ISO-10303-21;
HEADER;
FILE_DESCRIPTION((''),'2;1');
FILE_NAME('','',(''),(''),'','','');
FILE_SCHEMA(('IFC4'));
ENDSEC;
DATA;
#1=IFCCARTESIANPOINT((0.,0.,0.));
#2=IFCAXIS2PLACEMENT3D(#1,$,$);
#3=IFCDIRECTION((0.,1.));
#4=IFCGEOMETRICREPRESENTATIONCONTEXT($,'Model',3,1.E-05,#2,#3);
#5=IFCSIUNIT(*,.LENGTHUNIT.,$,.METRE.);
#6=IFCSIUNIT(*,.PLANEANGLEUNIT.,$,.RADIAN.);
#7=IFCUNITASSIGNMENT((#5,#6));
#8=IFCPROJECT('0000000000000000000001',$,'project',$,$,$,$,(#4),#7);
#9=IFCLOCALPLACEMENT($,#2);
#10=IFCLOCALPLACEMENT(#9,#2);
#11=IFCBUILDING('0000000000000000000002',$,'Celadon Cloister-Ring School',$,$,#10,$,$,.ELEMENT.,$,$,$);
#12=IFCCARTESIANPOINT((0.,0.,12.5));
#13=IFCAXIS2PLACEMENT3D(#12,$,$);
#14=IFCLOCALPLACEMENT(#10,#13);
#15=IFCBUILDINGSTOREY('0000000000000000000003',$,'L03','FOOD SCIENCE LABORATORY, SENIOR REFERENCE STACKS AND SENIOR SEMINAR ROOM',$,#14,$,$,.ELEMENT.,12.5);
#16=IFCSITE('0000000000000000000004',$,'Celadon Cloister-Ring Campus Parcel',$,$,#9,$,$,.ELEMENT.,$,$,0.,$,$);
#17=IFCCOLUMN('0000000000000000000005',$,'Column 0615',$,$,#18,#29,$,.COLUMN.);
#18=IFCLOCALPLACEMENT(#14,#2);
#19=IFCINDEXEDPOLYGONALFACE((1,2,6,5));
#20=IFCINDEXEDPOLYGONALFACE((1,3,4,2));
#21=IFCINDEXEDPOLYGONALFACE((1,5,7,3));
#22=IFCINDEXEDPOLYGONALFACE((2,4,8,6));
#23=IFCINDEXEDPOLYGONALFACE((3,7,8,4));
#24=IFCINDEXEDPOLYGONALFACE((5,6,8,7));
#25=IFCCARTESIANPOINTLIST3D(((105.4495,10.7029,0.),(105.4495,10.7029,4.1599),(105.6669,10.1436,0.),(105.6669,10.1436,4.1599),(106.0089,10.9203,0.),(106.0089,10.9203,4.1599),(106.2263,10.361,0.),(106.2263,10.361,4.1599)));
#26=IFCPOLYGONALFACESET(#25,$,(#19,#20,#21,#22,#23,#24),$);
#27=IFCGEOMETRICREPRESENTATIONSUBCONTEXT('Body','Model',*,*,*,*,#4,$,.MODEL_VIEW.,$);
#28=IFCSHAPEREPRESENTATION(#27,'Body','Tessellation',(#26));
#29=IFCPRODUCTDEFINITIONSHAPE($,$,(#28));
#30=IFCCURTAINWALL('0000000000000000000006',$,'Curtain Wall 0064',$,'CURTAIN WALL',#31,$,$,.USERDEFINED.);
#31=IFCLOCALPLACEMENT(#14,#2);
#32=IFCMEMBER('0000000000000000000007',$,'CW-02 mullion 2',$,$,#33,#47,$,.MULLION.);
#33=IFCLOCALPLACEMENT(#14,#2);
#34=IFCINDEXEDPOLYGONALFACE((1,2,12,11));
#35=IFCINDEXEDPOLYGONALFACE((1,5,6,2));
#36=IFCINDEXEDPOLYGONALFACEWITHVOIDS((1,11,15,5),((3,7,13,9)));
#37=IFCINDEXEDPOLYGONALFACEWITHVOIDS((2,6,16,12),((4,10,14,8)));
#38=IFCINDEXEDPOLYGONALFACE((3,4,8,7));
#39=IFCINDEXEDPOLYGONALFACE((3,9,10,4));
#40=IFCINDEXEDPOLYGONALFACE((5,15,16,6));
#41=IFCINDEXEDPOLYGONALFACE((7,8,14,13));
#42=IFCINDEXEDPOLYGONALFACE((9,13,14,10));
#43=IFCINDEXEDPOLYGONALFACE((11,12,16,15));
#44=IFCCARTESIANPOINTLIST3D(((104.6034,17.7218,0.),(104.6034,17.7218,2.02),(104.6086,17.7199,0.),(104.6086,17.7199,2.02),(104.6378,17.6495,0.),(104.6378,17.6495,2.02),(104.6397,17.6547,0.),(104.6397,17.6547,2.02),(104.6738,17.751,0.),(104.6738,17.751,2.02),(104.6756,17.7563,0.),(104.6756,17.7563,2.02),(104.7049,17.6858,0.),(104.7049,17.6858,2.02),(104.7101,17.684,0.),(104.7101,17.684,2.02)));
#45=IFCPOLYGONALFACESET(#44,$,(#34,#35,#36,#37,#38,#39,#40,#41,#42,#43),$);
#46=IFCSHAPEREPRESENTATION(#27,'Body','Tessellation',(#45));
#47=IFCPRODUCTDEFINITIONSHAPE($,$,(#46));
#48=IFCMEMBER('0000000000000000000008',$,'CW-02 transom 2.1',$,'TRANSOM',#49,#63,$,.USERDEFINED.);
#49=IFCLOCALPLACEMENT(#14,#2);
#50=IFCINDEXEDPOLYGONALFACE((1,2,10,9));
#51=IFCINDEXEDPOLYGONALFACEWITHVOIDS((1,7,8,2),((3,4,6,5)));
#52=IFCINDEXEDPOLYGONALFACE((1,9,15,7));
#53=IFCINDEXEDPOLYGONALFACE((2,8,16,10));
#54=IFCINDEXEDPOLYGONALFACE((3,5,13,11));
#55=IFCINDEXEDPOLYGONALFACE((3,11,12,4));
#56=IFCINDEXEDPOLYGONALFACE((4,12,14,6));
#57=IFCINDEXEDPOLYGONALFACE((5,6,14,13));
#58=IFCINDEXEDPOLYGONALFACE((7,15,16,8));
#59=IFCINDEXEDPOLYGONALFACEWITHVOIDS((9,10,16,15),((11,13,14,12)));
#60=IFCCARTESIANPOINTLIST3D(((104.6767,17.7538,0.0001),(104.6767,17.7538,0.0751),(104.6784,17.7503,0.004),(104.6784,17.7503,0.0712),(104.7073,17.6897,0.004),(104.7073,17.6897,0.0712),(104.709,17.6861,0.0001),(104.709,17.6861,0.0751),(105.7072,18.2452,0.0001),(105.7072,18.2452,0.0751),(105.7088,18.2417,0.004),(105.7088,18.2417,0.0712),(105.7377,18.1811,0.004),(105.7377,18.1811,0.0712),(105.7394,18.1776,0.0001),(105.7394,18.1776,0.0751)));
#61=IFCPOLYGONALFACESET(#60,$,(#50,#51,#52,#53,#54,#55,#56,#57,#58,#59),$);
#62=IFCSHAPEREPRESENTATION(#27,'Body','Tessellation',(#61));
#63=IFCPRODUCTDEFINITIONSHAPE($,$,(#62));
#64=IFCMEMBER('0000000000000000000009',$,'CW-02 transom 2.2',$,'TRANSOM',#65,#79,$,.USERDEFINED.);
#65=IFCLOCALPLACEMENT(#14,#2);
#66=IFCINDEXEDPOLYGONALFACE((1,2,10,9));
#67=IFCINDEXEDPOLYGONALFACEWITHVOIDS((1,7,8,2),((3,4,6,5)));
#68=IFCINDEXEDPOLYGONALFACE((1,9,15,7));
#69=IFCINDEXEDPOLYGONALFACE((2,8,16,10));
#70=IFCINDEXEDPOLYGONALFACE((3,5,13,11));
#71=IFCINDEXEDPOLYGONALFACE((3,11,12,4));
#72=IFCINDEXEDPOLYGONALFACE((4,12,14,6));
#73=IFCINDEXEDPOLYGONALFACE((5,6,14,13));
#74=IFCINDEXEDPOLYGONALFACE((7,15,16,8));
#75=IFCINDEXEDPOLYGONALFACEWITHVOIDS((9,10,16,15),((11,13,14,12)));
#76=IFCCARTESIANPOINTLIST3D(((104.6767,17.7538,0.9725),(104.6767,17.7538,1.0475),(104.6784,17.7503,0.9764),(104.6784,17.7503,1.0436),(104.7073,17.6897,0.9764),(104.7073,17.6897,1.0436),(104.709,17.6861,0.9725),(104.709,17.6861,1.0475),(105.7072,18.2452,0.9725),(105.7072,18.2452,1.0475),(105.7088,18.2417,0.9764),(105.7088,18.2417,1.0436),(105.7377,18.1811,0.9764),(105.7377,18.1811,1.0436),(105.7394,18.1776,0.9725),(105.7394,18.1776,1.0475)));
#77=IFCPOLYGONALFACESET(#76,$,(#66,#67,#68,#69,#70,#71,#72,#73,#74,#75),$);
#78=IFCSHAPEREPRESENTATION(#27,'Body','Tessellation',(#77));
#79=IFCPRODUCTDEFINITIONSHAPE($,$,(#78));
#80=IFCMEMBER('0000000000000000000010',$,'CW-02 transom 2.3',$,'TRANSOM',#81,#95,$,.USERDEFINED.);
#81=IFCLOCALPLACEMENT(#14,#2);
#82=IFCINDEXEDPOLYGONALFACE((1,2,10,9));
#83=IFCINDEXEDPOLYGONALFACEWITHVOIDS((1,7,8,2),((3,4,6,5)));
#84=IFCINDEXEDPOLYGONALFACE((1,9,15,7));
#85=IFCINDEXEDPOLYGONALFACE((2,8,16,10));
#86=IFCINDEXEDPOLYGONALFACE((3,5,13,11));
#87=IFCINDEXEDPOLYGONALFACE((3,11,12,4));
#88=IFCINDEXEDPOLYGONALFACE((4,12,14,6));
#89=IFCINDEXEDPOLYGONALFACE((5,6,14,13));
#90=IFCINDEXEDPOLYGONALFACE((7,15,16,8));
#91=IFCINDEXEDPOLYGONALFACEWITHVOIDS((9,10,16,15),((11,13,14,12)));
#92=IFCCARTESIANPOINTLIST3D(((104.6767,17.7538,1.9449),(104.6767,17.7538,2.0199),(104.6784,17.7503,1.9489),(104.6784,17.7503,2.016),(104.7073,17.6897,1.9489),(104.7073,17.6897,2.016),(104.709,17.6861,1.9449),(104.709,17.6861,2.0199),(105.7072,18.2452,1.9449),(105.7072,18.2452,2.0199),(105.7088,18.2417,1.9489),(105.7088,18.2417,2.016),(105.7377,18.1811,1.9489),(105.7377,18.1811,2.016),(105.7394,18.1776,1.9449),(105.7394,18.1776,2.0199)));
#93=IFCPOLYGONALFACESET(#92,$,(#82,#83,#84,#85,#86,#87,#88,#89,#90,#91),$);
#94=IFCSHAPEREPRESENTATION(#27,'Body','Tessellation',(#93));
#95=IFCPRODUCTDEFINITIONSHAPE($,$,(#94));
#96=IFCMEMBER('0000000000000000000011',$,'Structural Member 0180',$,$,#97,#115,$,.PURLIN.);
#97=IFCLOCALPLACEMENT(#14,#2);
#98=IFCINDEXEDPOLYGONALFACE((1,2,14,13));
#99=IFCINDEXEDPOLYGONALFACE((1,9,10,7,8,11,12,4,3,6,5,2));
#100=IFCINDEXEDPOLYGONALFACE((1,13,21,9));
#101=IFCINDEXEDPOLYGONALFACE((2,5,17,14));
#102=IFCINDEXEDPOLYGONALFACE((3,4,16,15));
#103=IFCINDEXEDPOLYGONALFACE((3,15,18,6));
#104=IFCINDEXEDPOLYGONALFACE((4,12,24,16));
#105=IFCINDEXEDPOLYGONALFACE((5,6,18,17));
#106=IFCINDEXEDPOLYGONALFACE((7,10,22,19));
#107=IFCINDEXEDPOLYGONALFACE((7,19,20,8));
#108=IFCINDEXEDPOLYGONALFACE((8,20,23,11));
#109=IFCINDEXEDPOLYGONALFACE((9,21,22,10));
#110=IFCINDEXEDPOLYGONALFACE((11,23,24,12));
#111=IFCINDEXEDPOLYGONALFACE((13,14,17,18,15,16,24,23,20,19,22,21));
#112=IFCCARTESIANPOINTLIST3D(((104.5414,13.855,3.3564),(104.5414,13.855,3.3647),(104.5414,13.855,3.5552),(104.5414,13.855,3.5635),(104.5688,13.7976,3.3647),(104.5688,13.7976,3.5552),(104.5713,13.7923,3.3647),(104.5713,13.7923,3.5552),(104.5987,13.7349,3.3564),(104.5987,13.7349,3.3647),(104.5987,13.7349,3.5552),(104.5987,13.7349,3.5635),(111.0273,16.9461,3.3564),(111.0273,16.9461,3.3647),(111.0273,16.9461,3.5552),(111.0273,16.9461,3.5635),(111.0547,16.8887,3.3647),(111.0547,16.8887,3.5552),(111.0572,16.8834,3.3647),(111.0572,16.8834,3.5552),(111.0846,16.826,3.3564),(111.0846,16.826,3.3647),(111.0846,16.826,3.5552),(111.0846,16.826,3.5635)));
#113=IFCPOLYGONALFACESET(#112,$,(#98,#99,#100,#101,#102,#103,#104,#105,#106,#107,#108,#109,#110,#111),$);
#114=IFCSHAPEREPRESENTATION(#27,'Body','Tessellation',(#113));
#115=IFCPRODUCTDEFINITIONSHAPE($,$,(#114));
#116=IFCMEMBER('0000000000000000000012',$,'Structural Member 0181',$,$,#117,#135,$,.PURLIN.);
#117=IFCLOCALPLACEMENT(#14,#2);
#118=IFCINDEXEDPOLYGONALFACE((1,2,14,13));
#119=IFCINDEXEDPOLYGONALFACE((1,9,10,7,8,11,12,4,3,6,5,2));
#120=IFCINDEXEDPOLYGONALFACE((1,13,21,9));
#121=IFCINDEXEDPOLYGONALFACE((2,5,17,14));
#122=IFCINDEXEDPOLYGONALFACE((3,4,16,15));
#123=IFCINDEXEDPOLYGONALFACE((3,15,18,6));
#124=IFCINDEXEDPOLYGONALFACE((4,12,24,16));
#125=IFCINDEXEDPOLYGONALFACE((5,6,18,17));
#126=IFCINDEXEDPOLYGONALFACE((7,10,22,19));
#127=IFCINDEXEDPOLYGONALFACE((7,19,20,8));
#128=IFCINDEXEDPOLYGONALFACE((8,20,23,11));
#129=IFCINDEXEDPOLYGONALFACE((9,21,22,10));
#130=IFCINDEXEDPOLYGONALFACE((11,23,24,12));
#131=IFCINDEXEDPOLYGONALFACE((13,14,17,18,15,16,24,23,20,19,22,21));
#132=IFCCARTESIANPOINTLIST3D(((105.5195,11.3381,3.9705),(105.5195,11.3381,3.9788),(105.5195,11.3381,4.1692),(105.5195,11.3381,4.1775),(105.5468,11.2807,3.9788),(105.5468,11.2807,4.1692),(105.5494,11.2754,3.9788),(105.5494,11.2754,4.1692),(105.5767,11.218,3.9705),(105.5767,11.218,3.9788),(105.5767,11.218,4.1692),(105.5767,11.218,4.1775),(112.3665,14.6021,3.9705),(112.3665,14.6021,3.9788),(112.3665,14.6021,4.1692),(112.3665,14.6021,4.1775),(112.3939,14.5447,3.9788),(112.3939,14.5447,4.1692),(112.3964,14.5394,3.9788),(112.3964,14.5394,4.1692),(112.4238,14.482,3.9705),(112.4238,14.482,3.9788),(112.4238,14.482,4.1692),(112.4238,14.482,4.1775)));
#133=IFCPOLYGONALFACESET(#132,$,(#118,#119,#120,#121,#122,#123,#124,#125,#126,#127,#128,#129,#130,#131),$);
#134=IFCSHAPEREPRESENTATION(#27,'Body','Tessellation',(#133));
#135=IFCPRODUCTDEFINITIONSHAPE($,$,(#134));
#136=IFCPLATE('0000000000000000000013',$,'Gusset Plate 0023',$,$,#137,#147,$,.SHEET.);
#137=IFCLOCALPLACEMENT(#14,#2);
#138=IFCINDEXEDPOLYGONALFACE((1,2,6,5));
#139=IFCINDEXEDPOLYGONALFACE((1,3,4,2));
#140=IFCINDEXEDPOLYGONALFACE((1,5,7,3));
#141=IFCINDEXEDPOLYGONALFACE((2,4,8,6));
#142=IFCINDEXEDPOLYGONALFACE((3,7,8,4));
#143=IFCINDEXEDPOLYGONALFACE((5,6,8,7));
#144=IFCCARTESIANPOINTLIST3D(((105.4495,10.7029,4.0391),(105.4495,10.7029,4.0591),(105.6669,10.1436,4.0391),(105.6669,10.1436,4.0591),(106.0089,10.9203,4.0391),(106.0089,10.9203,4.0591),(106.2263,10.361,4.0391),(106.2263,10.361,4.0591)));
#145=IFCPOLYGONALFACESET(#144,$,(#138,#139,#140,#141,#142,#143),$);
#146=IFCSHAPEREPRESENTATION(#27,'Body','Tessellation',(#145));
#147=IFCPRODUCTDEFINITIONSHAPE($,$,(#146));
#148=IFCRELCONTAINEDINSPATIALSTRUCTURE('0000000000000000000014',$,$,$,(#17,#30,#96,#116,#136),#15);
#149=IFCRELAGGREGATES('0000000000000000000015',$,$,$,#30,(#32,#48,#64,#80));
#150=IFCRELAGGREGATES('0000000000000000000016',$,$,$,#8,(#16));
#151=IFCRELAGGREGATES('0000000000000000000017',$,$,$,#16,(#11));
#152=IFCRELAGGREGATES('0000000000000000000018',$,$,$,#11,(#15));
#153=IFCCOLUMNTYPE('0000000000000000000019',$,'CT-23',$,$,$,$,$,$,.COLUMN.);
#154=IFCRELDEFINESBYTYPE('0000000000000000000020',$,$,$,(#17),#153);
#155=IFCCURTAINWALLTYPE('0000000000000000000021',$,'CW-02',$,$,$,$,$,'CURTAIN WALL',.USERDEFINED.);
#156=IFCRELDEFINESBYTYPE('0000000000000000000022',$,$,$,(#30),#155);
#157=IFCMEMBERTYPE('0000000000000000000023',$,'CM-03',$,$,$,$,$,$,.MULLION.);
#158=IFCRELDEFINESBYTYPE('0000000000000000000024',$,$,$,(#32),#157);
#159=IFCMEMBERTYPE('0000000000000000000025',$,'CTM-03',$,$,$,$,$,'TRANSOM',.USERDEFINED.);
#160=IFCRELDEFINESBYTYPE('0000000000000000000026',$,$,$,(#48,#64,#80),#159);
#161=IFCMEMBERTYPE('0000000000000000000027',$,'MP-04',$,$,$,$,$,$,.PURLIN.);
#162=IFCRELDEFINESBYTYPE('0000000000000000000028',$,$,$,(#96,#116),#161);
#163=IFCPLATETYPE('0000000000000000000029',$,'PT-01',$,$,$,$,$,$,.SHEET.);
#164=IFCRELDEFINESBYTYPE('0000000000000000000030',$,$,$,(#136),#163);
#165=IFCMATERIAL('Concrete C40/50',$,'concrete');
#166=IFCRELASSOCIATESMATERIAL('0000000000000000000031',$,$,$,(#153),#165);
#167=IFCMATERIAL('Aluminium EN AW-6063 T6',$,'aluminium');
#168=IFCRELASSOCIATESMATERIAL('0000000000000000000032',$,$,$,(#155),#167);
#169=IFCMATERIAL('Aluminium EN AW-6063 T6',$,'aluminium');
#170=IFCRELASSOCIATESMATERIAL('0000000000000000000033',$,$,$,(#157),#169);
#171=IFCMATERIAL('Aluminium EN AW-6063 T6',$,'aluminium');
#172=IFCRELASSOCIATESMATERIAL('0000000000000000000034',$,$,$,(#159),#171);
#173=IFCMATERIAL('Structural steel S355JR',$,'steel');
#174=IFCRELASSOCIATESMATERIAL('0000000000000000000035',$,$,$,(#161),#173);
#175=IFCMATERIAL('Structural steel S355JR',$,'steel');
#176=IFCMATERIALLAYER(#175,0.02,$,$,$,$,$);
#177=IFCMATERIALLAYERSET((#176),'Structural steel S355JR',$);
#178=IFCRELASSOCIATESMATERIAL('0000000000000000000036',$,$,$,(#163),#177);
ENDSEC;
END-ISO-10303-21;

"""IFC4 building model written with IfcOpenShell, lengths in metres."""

from ifc_helpers import new_model, si_unit, direction, frame, origin, origin_2d, place, context, subcontext, project, spatial, rectangle, hollow_rectangle, i_section, extrude, material, layer, layer_set, material_profile, profile_set, type_object, element, aggregate, save


model = new_model("IFC4")

# Units and contexts
model_context = context("Model", 3, precision=1e-05, world=origin(), true_north=direction((0.0, 1.0)))
body_context = subcontext(model_context, "Body", "Model", "MODEL_VIEW")
ifc_project = project(units=[si_unit("LENGTHUNIT", "METRE"), si_unit("PLANEANGLEUNIT", "RADIAN")], contexts=[model_context])

# Site, building, storey
site_placement = place(None, origin())
site = spatial("IfcSite", under=ifc_project, at=site_placement, Name="Celadon Cloister-Ring Campus Parcel", CompositionType="ELEMENT", RefElevation=0.0)
building_placement = place(site_placement, origin())
building = spatial("IfcBuilding", under=site, at=building_placement, Name="Celadon Cloister-Ring School", CompositionType="ELEMENT")
storey_placement = place(building_placement, frame((0.0, 0.0, 12.5)))
storey = spatial("IfcBuildingStorey", under=building, at=storey_placement, Name="L03", Description="FOOD SCIENCE LABORATORY, SENIOR REFERENCE STACKS AND SENIOR SEMINAR ROOM", CompositionType="ELEMENT", Elevation=12.5)

# Column
ifc_material_1 = material(Name="Concrete C40/50", Category="concrete")
ifc_material_profile_1 = material_profile(ifc_material_1, rectangle(XDim=0.6001, YDim=0.6001, at=origin_2d()), Name="RC600X600")
ifc_profile_set_1 = profile_set([ifc_material_profile_1], Name="Concrete C40/50")
column_type = type_object("IfcColumnType", Name="CT-23", PredefinedType="COLUMN", material=ifc_profile_set_1)
column_placement = place(storey_placement, frame((105.8379, 10.532, 0.0), z_axis=(0.0, 0.0, 1.0), x_axis=(0.362275, -0.932071, 0.0)))
element("IfcColumn", 1, at=column_placement, inside=storey, type_object=column_type, Name="Column 0615", PredefinedType="COLUMN", context=body_context, shape_type="SweptSolid", body=[
    extrude(rectangle(XDim=0.6001, YDim=0.6001, at=origin_2d()), origin(), (0.0, 0.0, 1.0), 4.1599),
])

# Curtain wall, members
ifc_material_2 = material(Name="Aluminium EN AW-6063 T6", Category="aluminium")
curtain_wall_type = type_object("IfcCurtainWallType", Name="CW-02", ElementType="CURTAIN WALL", PredefinedType="USERDEFINED", material=ifc_material_2)
curtain_wall_placement = place(storey_placement, origin())
curtain_wall = element("IfcCurtainWall", 2, at=curtain_wall_placement, inside=storey, type_object=curtain_wall_type, Name="Curtain Wall 0064", ObjectType="CURTAIN WALL", PredefinedType="USERDEFINED")
ifc_material_3 = material(Name="Aluminium EN AW-6063 T6", Category="aluminium")
ifc_material_profile_2 = material_profile(ifc_material_3, hollow_rectangle(XDim=0.0801, YDim=0.0801, WallThickness=0.0039, at=origin_2d()), Name="RHS80X80X4")
ifc_profile_set_2 = profile_set([ifc_material_profile_2], Name="Aluminium EN AW-6063 T6")
member_type_1 = type_object("IfcMemberType", Name="CM-03", PredefinedType="MULLION", material=ifc_profile_set_2)
member_1_placement = place(storey_placement, frame((104.6567, 17.7029, 0.0), z_axis=(0.0, 0.0, 1.0), x_axis=(-0.430372, 0.902652, 0.0)))
member_1 = element("IfcMember", 3, at=member_1_placement, type_object=member_type_1, Name="CW-02 mullion 2", PredefinedType="MULLION", context=body_context, shape_type="SweptSolid", body=[
    extrude(hollow_rectangle(XDim=0.0801, YDim=0.0801, WallThickness=0.0039, at=origin_2d()), origin(), (0.0, 0.0, 1.0), 2.02),
])
ifc_material_4 = material(Name="Aluminium EN AW-6063 T6", Category="aluminium")
ifc_material_profile_3 = material_profile(ifc_material_4, hollow_rectangle(XDim=0.075, YDim=0.075, WallThickness=0.0039, at=origin_2d()), Name="RHS75X75X4")
ifc_profile_set_3 = profile_set([ifc_material_profile_3], Name="Aluminium EN AW-6063 T6")
member_type_2 = type_object("IfcMemberType", Name="CTM-03", ElementType="TRANSOM", PredefinedType="USERDEFINED", material=ifc_profile_set_3)
member_2_placement = place(storey_placement, frame((104.6929, 17.72, 0.0376), z_axis=(0.902611, 0.430456, 0.0), x_axis=(-0.430456, 0.902611, 0.0)))
member_2 = element("IfcMember", 4, at=member_2_placement, type_object=member_type_2, Name="CW-02 transom 2.1", ObjectType="TRANSOM", PredefinedType="USERDEFINED", context=body_context, shape_type="SweptSolid", body=[
    extrude(hollow_rectangle(XDim=0.075, YDim=0.075, WallThickness=0.0039, at=origin_2d()), origin(), (0.0, 0.0, 1.0), 1.1416),
])
member_3_placement = place(storey_placement, frame((104.6929, 17.72, 1.01), z_axis=(0.902611, 0.430456, 0.0), x_axis=(-0.430456, 0.902611, 0.0)))
member_3 = element("IfcMember", 5, at=member_3_placement, type_object=member_type_2, Name="CW-02 transom 2.2", ObjectType="TRANSOM", PredefinedType="USERDEFINED", context=body_context, shape_type="SweptSolid", body=[
    extrude(hollow_rectangle(XDim=0.075, YDim=0.075, WallThickness=0.0039, at=origin_2d()), origin(), (0.0, 0.0, 1.0), 1.1416),
])
member_4_placement = place(storey_placement, frame((104.6929, 17.72, 1.9824), z_axis=(0.902611, 0.430456, 0.0), x_axis=(-0.430456, 0.902611, 0.0)))
member_4 = element("IfcMember", 6, at=member_4_placement, type_object=member_type_2, Name="CW-02 transom 2.3", ObjectType="TRANSOM", PredefinedType="USERDEFINED", context=body_context, shape_type="SweptSolid", body=[
    extrude(hollow_rectangle(XDim=0.075, YDim=0.075, WallThickness=0.0039, at=origin_2d()), origin(), (0.0, 0.0, 1.0), 1.1416),
])
aggregate(curtain_wall, [member_1, member_2, member_3, member_4])

# Members
ifc_material_5 = material(Name="Structural steel S355JR", Category="steel")
ifc_material_profile_4 = material_profile(ifc_material_5, i_section(OverallWidth=0.1331, OverallDepth=0.207, WebThickness=0.0059, FlangeThickness=0.0083, at=origin_2d()), Name="W200X27")
ifc_profile_set_4 = profile_set([ifc_material_profile_4], Name="Structural steel S355JR")
member_type_3 = type_object("IfcMemberType", Name="MP-04", PredefinedType="PURLIN", material=ifc_profile_set_4)
member_5_placement = place(storey_placement, frame((104.5701, 13.7949, 3.46), z_axis=(0.902722, 0.430225, 0.0), x_axis=(-0.430225, 0.902722, 0.0)))
element("IfcMember", 7, at=member_5_placement, inside=storey, type_object=member_type_3, Name="Structural Member 0180", PredefinedType="PURLIN", context=body_context, shape_type="SweptSolid", body=[
    extrude(i_section(OverallWidth=0.1331, OverallDepth=0.207, WebThickness=0.0059, FlangeThickness=0.0083, at=origin_2d()), origin(), (0.0, 0.0, 1.0), 7.1848),
])
member_6_placement = place(storey_placement, frame((105.5481, 11.2781, 4.074), z_axis=(0.902683, 0.430307, 0.0), x_axis=(-0.430307, 0.902683, 0.0)))
element("IfcMember", 8, at=member_6_placement, inside=storey, type_object=member_type_3, Name="Structural Member 0181", PredefinedType="PURLIN", context=body_context, shape_type="SweptSolid", body=[
    extrude(i_section(OverallWidth=0.1331, OverallDepth=0.207, WebThickness=0.0059, FlangeThickness=0.0083, at=origin_2d()), origin(), (0.0, 0.0, 1.0), 7.5852),
])

# Plate
ifc_material_6 = material(Name="Structural steel S355JR", Category="steel")
ifc_layer_1 = layer(ifc_material_6, 0.02)
ifc_layer_set_1 = layer_set([ifc_layer_1], Name="Structural steel S355JR")
plate_type = type_object("IfcPlateType", Name="PT-01", PredefinedType="SHEET", material=ifc_layer_set_1)
plate_placement = place(storey_placement, frame((105.8379, 10.532, 4.0391), z_axis=(0.0, 0.0, 1.0), x_axis=(0.362275, -0.932071, 0.0)))
element("IfcPlate", 9, at=plate_placement, inside=storey, type_object=plate_type, Name="Gusset Plate 0023", PredefinedType="SHEET", context=body_context, shape_type="SweptSolid", body=[
    extrude(rectangle(XDim=0.6001, YDim=0.6001, at=origin_2d()), origin(), (0.0, 0.0, 1.0), 0.02),
])

save(model, "model.ifc")
